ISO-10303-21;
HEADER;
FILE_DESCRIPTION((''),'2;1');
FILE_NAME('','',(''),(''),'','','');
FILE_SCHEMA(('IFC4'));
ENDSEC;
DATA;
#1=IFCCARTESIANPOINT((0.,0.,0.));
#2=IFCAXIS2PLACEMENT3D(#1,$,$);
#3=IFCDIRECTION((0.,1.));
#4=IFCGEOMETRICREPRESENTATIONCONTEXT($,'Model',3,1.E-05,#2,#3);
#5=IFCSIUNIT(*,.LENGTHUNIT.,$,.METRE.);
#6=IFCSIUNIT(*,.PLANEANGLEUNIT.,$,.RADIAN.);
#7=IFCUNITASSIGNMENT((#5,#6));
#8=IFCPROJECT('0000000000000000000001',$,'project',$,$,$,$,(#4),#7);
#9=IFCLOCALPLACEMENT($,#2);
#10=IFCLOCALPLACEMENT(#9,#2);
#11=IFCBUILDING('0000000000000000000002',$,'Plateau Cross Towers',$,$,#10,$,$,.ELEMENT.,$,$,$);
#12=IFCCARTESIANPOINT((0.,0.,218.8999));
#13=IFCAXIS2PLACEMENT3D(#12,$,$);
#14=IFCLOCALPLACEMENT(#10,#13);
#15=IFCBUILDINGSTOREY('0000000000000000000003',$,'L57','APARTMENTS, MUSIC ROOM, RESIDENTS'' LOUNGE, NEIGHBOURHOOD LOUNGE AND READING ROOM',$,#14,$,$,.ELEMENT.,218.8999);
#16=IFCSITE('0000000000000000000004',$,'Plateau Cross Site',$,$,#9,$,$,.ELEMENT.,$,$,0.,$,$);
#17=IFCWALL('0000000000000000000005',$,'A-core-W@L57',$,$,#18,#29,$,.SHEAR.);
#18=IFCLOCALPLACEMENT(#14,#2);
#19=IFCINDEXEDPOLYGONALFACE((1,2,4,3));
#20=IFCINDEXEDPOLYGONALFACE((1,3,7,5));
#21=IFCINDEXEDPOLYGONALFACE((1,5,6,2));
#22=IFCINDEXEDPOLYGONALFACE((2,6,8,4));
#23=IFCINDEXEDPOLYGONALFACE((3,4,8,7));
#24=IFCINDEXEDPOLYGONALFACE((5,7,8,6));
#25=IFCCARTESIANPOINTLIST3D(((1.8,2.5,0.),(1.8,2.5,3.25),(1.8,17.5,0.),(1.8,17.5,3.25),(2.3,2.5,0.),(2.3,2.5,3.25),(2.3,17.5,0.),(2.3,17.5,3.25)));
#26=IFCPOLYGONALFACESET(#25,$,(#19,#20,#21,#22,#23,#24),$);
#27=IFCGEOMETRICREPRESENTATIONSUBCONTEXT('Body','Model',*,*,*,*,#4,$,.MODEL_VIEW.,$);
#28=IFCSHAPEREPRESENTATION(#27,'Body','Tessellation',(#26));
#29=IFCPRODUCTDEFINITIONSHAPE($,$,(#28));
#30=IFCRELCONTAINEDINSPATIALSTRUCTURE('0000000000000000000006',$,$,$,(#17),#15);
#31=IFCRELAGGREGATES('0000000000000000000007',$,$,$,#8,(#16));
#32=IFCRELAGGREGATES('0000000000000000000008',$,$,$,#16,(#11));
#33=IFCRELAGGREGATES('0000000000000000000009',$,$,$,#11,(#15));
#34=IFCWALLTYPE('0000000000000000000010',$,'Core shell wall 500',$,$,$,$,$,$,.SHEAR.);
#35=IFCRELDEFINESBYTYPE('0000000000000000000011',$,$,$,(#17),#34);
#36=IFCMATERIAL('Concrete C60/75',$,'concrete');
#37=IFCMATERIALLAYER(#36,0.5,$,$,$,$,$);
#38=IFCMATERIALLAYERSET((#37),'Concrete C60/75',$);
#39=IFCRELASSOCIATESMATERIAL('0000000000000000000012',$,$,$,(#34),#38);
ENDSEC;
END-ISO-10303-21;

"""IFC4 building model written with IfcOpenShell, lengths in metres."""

from ifc_helpers import new_model, si_unit, direction, frame, frame_2d, origin, place, context, subcontext, project, spatial, rectangle, extrude, material, layer, layer_set, type_object, element, save


model = new_model("IFC4")

# Units and contexts
model_context = context("Model", 3, precision=1e-05, world=origin(), true_north=direction((0.0, 1.0)))
body_context = subcontext(model_context, "Body", "Model", "MODEL_VIEW")
ifc_project = project(units=[si_unit("LENGTHUNIT", "METRE"), si_unit("PLANEANGLEUNIT", "RADIAN")], contexts=[model_context])

# Site, building, storey
site_placement = place(None, origin())
site = spatial("IfcSite", under=ifc_project, at=site_placement, Name="Plateau Cross Site", CompositionType="ELEMENT", RefElevation=0.0)
building_placement = place(site_placement, origin())
building = spatial("IfcBuilding", under=site, at=building_placement, Name="Plateau Cross Towers", CompositionType="ELEMENT")
storey_placement = place(building_placement, frame((0.0, 0.0, 218.8999)))
storey = spatial("IfcBuildingStorey", under=building, at=storey_placement, Name="L57", Description="APARTMENTS, MUSIC ROOM, RESIDENTS' LOUNGE, NEIGHBOURHOOD LOUNGE AND READING ROOM", CompositionType="ELEMENT", Elevation=218.8999)

# Shared definitions
ifc_material_1 = material(Name="Concrete C60/75", Category="concrete")

# Wall
ifc_layer_1 = layer(ifc_material_1, 0.5)
ifc_layer_set_1 = layer_set([ifc_layer_1], Name="Concrete C60/75")
wall_type_1 = type_object("IfcWallType", Name="Core shell wall 500", PredefinedType="SHEAR", material=ifc_layer_set_1)
wall_1_placement = place(storey_placement, frame((2.05, 2.5, 0.0), z_axis=(0.0, 0.0, 1.0), x_axis=(0.0, 1.0, 0.0)))
element("IfcWall", 1, at=wall_1_placement, inside=storey, type_object=wall_type_1, Name="A-core-W@L57", PredefinedType="SHEAR", context=body_context, shape_type="SweptSolid", body=[
    extrude(rectangle(XDim=15.0, YDim=0.5, at=frame_2d((7.5, 0.0))), origin(), (0.0, 0.0, 1.0), 3.25),
])

save(model, "model.ifc")
